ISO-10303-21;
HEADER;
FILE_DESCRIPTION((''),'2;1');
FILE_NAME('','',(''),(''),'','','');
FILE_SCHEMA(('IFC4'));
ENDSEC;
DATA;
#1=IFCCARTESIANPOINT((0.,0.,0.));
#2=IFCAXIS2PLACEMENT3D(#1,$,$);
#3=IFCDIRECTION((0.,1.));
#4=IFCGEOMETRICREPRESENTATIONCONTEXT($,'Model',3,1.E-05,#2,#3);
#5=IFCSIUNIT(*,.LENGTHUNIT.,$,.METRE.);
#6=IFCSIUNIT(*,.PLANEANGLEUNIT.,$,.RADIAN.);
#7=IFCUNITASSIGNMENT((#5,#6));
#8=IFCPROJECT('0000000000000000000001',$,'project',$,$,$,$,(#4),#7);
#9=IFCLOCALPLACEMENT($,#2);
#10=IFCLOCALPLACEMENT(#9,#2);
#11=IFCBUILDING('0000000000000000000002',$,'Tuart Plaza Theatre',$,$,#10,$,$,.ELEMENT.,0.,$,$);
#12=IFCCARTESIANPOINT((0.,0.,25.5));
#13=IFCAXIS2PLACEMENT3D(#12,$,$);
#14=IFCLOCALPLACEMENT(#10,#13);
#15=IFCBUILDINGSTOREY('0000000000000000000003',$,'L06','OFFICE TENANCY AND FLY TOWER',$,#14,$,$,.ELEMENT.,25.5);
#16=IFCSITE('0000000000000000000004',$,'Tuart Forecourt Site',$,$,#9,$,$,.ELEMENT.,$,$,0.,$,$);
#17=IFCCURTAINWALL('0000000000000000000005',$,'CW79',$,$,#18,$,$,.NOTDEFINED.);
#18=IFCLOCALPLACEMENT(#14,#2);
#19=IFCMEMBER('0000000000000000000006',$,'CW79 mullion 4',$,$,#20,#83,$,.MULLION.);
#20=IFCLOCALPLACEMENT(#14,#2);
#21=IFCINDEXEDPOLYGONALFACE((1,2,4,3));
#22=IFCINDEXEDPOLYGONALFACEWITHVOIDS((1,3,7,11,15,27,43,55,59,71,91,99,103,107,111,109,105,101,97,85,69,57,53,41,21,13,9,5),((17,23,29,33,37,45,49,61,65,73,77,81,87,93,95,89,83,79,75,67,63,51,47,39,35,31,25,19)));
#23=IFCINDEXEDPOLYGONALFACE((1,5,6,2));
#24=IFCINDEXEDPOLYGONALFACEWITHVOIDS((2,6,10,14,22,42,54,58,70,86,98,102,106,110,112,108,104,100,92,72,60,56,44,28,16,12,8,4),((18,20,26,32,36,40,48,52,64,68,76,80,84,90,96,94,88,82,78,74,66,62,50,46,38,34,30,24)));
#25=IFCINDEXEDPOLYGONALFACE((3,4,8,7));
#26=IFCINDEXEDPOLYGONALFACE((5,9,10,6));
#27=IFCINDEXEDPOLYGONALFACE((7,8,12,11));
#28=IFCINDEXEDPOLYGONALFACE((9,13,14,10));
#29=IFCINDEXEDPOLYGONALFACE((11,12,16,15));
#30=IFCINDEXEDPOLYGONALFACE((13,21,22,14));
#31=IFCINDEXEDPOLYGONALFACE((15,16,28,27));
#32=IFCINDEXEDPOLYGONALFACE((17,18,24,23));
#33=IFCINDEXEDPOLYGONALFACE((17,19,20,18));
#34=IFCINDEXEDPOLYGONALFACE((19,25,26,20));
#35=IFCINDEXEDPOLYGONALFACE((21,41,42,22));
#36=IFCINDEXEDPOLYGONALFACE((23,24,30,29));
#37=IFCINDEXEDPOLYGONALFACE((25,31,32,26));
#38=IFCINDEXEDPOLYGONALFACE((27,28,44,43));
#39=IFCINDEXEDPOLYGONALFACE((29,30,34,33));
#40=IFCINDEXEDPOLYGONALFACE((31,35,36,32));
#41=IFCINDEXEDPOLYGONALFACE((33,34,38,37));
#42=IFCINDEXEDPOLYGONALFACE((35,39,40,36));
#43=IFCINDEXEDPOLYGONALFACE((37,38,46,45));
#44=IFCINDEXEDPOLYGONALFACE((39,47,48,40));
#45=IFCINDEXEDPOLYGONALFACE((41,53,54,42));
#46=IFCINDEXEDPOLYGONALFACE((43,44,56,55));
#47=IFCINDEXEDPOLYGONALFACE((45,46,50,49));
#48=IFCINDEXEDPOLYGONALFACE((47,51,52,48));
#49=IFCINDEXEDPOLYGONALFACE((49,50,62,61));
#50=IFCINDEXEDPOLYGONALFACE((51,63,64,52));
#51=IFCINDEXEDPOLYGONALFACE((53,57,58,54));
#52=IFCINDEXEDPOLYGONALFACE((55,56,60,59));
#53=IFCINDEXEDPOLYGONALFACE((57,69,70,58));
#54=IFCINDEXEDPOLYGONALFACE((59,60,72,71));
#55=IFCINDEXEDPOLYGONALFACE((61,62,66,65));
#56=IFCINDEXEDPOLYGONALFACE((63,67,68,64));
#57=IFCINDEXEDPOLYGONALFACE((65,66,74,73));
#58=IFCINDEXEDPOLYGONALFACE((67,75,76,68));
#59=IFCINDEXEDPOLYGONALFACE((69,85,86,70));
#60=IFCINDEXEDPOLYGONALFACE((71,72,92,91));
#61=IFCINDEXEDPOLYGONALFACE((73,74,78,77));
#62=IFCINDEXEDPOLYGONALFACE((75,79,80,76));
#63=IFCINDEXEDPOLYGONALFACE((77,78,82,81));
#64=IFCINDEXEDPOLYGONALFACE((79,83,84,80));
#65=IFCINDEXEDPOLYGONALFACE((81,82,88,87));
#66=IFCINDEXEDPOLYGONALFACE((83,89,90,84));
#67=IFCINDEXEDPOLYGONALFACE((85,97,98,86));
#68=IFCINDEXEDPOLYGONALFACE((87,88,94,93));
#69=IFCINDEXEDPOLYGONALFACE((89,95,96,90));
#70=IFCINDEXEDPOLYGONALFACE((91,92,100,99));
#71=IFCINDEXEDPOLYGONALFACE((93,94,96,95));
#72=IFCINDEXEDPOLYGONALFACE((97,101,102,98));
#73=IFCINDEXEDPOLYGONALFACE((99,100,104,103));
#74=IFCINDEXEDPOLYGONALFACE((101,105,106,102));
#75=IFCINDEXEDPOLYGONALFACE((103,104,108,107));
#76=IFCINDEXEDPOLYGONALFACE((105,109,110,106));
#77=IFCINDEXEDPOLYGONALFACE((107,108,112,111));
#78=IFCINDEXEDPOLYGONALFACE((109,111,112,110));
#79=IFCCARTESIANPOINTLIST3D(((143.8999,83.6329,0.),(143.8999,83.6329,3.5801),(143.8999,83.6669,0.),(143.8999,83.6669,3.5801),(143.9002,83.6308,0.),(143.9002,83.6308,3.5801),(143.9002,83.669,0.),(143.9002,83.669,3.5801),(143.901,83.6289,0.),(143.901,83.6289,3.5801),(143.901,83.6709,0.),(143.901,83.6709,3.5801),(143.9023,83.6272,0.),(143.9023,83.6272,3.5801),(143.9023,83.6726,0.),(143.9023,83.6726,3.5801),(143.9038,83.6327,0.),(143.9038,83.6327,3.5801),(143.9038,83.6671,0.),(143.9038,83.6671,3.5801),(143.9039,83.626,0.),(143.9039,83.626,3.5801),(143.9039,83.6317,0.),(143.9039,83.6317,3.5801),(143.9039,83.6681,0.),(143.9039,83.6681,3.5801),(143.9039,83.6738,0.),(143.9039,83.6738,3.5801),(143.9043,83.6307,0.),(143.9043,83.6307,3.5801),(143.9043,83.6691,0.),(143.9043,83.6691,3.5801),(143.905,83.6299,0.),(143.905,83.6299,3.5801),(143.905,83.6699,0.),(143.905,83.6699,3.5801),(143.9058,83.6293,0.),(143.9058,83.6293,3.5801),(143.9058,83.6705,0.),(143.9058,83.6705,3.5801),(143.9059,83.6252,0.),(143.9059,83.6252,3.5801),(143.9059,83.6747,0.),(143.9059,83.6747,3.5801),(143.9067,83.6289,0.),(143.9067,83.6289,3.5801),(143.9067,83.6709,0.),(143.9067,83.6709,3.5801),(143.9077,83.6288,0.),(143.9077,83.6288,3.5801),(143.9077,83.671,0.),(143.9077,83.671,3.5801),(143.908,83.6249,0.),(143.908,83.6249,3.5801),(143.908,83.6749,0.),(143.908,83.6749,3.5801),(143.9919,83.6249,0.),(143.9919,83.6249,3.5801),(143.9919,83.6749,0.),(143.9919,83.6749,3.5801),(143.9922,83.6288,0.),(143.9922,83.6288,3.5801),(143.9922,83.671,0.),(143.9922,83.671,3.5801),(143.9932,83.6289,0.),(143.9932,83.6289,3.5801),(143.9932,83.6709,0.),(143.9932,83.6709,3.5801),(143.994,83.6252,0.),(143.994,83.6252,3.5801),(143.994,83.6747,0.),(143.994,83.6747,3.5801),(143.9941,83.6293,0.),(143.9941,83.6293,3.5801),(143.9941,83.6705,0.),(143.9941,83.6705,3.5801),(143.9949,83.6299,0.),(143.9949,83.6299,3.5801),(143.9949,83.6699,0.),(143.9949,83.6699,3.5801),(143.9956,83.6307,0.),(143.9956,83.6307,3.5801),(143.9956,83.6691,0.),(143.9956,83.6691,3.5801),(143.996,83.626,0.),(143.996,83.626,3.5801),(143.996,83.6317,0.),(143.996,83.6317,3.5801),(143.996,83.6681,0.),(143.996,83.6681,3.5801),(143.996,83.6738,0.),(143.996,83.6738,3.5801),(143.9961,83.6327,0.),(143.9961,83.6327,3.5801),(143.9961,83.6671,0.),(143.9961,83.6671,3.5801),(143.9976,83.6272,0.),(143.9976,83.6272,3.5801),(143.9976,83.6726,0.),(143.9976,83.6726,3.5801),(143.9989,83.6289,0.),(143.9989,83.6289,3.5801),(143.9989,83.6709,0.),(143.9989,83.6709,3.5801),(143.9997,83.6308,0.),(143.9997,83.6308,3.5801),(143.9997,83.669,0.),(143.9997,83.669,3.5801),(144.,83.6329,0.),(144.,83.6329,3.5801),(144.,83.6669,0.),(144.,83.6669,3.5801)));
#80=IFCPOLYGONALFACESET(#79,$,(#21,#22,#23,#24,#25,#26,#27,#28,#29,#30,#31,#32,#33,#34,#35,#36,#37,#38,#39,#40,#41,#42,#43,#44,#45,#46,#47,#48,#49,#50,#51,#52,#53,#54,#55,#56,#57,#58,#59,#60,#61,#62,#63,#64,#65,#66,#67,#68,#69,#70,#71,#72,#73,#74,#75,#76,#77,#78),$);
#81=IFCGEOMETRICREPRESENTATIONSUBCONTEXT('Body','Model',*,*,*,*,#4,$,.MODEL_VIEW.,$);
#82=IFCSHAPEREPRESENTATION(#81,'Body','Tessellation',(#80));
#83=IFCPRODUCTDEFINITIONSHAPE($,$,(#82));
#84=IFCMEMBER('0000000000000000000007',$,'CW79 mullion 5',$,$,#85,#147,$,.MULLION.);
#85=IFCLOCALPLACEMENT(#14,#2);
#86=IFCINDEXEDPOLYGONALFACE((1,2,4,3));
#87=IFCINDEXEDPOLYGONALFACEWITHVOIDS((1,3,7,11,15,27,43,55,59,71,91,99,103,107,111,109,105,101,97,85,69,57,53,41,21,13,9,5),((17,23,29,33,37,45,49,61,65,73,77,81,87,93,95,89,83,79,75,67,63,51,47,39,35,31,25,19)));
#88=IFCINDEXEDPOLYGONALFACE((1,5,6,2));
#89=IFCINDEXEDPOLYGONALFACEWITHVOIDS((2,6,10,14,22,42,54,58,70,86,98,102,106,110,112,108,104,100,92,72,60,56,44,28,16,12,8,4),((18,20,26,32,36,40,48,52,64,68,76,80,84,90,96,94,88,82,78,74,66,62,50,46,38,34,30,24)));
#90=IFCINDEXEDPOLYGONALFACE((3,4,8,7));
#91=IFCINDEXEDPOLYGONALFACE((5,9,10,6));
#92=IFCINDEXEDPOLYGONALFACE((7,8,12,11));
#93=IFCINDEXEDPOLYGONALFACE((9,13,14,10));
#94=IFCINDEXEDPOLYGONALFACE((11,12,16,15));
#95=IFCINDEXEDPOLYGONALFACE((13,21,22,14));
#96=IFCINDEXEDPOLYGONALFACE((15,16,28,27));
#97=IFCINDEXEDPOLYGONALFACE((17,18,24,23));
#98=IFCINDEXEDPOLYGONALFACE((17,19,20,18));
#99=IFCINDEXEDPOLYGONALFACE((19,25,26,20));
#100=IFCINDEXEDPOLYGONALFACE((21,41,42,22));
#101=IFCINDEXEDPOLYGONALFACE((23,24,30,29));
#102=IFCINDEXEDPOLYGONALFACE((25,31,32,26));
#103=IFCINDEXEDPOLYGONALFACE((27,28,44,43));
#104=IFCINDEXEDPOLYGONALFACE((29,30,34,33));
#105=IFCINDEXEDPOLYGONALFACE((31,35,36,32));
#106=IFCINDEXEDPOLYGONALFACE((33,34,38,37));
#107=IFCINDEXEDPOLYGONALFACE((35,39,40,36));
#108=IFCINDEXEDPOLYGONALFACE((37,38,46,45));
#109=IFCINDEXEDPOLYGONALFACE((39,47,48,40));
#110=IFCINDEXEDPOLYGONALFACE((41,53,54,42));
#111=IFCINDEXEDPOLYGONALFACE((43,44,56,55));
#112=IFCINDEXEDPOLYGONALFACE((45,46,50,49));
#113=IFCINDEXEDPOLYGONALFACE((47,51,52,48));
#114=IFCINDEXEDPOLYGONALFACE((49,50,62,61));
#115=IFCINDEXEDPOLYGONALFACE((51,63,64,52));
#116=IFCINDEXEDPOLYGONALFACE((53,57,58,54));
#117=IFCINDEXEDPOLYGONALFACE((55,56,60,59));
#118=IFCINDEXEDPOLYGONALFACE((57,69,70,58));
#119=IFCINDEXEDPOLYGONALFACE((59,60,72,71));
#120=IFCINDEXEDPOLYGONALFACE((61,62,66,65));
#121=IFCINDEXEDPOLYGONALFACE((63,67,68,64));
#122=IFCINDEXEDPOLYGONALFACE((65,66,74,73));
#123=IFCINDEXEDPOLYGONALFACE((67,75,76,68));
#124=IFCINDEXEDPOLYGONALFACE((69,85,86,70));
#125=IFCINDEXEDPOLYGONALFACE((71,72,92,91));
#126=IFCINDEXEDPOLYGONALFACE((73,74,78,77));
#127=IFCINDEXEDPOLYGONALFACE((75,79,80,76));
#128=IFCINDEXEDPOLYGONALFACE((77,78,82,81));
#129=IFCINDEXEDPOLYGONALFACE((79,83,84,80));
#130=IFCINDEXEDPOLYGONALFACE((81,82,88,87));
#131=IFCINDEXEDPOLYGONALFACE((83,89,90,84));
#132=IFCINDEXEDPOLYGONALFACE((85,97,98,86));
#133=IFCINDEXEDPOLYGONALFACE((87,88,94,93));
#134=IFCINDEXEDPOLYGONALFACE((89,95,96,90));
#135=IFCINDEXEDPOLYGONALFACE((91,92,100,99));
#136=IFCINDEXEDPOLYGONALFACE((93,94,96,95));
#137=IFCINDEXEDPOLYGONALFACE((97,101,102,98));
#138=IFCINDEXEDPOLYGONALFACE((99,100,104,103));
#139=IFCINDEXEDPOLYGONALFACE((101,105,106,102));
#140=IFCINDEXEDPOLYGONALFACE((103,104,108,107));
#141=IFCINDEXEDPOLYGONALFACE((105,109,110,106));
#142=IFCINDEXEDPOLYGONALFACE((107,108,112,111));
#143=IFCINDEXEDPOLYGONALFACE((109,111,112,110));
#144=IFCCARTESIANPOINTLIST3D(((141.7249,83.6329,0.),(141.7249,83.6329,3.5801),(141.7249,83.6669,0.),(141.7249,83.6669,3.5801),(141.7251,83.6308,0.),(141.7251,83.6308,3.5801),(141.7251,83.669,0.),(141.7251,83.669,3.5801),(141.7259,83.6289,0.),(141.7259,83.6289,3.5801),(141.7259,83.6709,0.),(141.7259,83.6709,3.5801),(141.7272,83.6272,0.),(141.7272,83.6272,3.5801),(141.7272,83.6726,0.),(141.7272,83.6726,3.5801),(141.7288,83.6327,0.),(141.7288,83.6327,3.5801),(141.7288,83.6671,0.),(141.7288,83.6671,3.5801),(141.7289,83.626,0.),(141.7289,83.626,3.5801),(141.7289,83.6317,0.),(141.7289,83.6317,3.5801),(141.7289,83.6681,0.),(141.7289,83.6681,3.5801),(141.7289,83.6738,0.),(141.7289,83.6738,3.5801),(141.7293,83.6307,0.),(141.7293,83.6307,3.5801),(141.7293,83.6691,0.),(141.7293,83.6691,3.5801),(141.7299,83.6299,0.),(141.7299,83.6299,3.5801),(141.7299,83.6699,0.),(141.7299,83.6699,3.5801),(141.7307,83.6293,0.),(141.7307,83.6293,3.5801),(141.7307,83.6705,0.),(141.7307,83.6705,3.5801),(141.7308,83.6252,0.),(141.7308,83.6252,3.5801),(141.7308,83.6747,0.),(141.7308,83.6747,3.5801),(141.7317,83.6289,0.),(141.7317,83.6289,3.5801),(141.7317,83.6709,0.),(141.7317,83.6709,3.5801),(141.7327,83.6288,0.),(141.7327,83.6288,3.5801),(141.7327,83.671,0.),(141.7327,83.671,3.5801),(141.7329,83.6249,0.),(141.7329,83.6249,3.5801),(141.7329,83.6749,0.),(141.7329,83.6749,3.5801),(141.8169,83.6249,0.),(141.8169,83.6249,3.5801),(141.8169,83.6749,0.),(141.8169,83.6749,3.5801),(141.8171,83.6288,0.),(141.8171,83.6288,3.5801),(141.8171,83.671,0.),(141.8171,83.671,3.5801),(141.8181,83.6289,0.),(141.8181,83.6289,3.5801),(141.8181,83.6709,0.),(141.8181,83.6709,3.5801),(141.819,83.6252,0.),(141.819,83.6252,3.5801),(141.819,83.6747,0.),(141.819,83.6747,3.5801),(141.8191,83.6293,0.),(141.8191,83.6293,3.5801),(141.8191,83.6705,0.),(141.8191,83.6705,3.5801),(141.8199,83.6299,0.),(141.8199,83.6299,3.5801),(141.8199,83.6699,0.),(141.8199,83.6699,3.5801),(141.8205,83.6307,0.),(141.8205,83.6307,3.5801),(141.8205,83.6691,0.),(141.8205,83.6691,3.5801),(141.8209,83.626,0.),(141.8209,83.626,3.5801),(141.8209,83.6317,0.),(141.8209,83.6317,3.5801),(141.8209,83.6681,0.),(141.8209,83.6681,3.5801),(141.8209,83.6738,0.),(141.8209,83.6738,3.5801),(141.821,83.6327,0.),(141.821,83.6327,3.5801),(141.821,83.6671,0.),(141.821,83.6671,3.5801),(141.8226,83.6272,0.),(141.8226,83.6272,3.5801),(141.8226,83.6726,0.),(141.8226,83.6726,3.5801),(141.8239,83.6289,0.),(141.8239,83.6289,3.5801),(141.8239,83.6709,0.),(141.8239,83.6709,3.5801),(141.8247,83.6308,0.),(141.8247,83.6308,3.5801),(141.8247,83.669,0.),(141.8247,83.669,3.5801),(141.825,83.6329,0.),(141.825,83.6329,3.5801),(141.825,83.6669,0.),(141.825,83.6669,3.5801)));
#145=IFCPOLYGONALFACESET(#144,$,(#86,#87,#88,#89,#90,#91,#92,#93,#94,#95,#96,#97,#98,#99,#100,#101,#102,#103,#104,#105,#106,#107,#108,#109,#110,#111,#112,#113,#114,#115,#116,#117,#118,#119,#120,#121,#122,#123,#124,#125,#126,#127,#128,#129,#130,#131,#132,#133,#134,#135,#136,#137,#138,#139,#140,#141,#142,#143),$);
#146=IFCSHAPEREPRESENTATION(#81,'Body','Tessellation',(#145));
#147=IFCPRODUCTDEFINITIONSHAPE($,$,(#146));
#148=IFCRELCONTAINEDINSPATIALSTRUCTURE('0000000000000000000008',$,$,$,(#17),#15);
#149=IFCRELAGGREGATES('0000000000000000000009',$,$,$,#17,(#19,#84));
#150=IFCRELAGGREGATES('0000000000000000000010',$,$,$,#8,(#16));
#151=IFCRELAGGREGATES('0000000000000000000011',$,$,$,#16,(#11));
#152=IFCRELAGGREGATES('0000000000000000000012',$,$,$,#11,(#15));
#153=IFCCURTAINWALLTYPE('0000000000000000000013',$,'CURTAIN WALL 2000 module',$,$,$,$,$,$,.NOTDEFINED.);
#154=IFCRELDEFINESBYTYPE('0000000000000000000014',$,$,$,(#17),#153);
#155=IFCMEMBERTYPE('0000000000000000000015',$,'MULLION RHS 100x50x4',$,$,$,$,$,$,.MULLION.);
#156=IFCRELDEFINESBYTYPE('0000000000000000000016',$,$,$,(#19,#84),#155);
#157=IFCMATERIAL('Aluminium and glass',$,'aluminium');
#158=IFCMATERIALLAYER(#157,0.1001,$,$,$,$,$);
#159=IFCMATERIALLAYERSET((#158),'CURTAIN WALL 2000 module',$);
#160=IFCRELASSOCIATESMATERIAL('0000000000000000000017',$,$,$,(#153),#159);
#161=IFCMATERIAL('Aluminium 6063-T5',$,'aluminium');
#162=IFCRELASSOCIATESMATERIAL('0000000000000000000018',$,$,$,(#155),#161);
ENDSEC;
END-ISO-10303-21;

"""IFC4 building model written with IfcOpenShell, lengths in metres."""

from ifc_helpers import new_model, si_unit, direction, frame, origin, origin_2d, place, context, subcontext, project, spatial, hollow_rectangle, extrude, material, layer, layer_set, material_profile, profile_set, type_object, element, aggregate, save


model = new_model("IFC4")

# Units and contexts
model_context = context("Model", 3, precision=1e-05, world=origin(), true_north=direction((0.0, 1.0)))
body_context = subcontext(model_context, "Body", "Model", "MODEL_VIEW")
ifc_project = project(units=[si_unit("LENGTHUNIT", "METRE"), si_unit("PLANEANGLEUNIT", "RADIAN")], contexts=[model_context])

# Site, building, storey
site_placement = place(None, origin())
site = spatial("IfcSite", under=ifc_project, at=site_placement, Name="Tuart Forecourt Site", CompositionType="ELEMENT", RefElevation=0.0)
building_placement = place(site_placement, origin())
building = spatial("IfcBuilding", under=site, at=building_placement, Name="Tuart Plaza Theatre", CompositionType="ELEMENT", ElevationOfRefHeight=0.0)
storey_placement = place(building_placement, frame((0.0, 0.0, 25.5)))
storey = spatial("IfcBuildingStorey", under=building, at=storey_placement, Name="L06", Description="OFFICE TENANCY AND FLY TOWER", CompositionType="ELEMENT", Elevation=25.5)

# Shared definitions
ifc_material_1 = material(Name="Aluminium and glass", Category="aluminium")
ifc_layer_1 = layer(ifc_material_1, 0.1001)
ifc_layer_set_1 = layer_set([ifc_layer_1], Name="CURTAIN WALL 2000 module")
curtain_wall_type = type_object("IfcCurtainWallType", Name="CURTAIN WALL 2000 module", PredefinedType="NOTDEFINED", material=ifc_layer_set_1)
ifc_material_2 = material(Name="Aluminium 6063-T5", Category="aluminium")
ifc_material_profile_1 = material_profile(ifc_material_2, hollow_rectangle(XDim=0.05, YDim=0.1001, WallThickness=0.0039, InnerFilletRadius=0.0039, OuterFilletRadius=0.0081, at=origin_2d()), Name="RHS 100x50x4")
ifc_profile_set_1 = profile_set([ifc_material_profile_1], Name="Aluminium 6063-T5")
member_type_1 = type_object("IfcMemberType", Name="MULLION RHS 100x50x4", PredefinedType="MULLION", material=ifc_profile_set_1)

# Curtain wall, members
curtain_wall_1_placement = place(storey_placement, origin())
curtain_wall_1 = element("IfcCurtainWall", 1, at=curtain_wall_1_placement, inside=storey, type_object=curtain_wall_type, Name="CW79", PredefinedType="NOTDEFINED")
member_1_placement = place(storey_placement, frame((143.95, 83.6499, 0.0), z_axis=(0.0, 0.0, 1.0), x_axis=(0.0, -1.0, 0.0)))
member_1 = element("IfcMember", 2, at=member_1_placement, type_object=member_type_1, Name="CW79 mullion 4", PredefinedType="MULLION", context=body_context, shape_type="SweptSolid", body=[
    extrude(hollow_rectangle(XDim=0.05, YDim=0.1001, WallThickness=0.0039, InnerFilletRadius=0.0039, OuterFilletRadius=0.0081, at=origin_2d()), origin(), (0.0, 0.0, 1.0), 3.5801),
])
member_2_placement = place(storey_placement, frame((141.7749, 83.6499, 0.0), z_axis=(0.0, 0.0, 1.0), x_axis=(0.0, -1.0, 0.0)))
member_2 = element("IfcMember", 3, at=member_2_placement, type_object=member_type_1, Name="CW79 mullion 5", PredefinedType="MULLION", context=body_context, shape_type="SweptSolid", body=[
    extrude(hollow_rectangle(XDim=0.05, YDim=0.1001, WallThickness=0.0039, InnerFilletRadius=0.0039, OuterFilletRadius=0.0081, at=origin_2d()), origin(), (0.0, 0.0, 1.0), 3.5801),
])

aggregate(curtain_wall_1, [member_1, member_2])

save(model, "model.ifc")
